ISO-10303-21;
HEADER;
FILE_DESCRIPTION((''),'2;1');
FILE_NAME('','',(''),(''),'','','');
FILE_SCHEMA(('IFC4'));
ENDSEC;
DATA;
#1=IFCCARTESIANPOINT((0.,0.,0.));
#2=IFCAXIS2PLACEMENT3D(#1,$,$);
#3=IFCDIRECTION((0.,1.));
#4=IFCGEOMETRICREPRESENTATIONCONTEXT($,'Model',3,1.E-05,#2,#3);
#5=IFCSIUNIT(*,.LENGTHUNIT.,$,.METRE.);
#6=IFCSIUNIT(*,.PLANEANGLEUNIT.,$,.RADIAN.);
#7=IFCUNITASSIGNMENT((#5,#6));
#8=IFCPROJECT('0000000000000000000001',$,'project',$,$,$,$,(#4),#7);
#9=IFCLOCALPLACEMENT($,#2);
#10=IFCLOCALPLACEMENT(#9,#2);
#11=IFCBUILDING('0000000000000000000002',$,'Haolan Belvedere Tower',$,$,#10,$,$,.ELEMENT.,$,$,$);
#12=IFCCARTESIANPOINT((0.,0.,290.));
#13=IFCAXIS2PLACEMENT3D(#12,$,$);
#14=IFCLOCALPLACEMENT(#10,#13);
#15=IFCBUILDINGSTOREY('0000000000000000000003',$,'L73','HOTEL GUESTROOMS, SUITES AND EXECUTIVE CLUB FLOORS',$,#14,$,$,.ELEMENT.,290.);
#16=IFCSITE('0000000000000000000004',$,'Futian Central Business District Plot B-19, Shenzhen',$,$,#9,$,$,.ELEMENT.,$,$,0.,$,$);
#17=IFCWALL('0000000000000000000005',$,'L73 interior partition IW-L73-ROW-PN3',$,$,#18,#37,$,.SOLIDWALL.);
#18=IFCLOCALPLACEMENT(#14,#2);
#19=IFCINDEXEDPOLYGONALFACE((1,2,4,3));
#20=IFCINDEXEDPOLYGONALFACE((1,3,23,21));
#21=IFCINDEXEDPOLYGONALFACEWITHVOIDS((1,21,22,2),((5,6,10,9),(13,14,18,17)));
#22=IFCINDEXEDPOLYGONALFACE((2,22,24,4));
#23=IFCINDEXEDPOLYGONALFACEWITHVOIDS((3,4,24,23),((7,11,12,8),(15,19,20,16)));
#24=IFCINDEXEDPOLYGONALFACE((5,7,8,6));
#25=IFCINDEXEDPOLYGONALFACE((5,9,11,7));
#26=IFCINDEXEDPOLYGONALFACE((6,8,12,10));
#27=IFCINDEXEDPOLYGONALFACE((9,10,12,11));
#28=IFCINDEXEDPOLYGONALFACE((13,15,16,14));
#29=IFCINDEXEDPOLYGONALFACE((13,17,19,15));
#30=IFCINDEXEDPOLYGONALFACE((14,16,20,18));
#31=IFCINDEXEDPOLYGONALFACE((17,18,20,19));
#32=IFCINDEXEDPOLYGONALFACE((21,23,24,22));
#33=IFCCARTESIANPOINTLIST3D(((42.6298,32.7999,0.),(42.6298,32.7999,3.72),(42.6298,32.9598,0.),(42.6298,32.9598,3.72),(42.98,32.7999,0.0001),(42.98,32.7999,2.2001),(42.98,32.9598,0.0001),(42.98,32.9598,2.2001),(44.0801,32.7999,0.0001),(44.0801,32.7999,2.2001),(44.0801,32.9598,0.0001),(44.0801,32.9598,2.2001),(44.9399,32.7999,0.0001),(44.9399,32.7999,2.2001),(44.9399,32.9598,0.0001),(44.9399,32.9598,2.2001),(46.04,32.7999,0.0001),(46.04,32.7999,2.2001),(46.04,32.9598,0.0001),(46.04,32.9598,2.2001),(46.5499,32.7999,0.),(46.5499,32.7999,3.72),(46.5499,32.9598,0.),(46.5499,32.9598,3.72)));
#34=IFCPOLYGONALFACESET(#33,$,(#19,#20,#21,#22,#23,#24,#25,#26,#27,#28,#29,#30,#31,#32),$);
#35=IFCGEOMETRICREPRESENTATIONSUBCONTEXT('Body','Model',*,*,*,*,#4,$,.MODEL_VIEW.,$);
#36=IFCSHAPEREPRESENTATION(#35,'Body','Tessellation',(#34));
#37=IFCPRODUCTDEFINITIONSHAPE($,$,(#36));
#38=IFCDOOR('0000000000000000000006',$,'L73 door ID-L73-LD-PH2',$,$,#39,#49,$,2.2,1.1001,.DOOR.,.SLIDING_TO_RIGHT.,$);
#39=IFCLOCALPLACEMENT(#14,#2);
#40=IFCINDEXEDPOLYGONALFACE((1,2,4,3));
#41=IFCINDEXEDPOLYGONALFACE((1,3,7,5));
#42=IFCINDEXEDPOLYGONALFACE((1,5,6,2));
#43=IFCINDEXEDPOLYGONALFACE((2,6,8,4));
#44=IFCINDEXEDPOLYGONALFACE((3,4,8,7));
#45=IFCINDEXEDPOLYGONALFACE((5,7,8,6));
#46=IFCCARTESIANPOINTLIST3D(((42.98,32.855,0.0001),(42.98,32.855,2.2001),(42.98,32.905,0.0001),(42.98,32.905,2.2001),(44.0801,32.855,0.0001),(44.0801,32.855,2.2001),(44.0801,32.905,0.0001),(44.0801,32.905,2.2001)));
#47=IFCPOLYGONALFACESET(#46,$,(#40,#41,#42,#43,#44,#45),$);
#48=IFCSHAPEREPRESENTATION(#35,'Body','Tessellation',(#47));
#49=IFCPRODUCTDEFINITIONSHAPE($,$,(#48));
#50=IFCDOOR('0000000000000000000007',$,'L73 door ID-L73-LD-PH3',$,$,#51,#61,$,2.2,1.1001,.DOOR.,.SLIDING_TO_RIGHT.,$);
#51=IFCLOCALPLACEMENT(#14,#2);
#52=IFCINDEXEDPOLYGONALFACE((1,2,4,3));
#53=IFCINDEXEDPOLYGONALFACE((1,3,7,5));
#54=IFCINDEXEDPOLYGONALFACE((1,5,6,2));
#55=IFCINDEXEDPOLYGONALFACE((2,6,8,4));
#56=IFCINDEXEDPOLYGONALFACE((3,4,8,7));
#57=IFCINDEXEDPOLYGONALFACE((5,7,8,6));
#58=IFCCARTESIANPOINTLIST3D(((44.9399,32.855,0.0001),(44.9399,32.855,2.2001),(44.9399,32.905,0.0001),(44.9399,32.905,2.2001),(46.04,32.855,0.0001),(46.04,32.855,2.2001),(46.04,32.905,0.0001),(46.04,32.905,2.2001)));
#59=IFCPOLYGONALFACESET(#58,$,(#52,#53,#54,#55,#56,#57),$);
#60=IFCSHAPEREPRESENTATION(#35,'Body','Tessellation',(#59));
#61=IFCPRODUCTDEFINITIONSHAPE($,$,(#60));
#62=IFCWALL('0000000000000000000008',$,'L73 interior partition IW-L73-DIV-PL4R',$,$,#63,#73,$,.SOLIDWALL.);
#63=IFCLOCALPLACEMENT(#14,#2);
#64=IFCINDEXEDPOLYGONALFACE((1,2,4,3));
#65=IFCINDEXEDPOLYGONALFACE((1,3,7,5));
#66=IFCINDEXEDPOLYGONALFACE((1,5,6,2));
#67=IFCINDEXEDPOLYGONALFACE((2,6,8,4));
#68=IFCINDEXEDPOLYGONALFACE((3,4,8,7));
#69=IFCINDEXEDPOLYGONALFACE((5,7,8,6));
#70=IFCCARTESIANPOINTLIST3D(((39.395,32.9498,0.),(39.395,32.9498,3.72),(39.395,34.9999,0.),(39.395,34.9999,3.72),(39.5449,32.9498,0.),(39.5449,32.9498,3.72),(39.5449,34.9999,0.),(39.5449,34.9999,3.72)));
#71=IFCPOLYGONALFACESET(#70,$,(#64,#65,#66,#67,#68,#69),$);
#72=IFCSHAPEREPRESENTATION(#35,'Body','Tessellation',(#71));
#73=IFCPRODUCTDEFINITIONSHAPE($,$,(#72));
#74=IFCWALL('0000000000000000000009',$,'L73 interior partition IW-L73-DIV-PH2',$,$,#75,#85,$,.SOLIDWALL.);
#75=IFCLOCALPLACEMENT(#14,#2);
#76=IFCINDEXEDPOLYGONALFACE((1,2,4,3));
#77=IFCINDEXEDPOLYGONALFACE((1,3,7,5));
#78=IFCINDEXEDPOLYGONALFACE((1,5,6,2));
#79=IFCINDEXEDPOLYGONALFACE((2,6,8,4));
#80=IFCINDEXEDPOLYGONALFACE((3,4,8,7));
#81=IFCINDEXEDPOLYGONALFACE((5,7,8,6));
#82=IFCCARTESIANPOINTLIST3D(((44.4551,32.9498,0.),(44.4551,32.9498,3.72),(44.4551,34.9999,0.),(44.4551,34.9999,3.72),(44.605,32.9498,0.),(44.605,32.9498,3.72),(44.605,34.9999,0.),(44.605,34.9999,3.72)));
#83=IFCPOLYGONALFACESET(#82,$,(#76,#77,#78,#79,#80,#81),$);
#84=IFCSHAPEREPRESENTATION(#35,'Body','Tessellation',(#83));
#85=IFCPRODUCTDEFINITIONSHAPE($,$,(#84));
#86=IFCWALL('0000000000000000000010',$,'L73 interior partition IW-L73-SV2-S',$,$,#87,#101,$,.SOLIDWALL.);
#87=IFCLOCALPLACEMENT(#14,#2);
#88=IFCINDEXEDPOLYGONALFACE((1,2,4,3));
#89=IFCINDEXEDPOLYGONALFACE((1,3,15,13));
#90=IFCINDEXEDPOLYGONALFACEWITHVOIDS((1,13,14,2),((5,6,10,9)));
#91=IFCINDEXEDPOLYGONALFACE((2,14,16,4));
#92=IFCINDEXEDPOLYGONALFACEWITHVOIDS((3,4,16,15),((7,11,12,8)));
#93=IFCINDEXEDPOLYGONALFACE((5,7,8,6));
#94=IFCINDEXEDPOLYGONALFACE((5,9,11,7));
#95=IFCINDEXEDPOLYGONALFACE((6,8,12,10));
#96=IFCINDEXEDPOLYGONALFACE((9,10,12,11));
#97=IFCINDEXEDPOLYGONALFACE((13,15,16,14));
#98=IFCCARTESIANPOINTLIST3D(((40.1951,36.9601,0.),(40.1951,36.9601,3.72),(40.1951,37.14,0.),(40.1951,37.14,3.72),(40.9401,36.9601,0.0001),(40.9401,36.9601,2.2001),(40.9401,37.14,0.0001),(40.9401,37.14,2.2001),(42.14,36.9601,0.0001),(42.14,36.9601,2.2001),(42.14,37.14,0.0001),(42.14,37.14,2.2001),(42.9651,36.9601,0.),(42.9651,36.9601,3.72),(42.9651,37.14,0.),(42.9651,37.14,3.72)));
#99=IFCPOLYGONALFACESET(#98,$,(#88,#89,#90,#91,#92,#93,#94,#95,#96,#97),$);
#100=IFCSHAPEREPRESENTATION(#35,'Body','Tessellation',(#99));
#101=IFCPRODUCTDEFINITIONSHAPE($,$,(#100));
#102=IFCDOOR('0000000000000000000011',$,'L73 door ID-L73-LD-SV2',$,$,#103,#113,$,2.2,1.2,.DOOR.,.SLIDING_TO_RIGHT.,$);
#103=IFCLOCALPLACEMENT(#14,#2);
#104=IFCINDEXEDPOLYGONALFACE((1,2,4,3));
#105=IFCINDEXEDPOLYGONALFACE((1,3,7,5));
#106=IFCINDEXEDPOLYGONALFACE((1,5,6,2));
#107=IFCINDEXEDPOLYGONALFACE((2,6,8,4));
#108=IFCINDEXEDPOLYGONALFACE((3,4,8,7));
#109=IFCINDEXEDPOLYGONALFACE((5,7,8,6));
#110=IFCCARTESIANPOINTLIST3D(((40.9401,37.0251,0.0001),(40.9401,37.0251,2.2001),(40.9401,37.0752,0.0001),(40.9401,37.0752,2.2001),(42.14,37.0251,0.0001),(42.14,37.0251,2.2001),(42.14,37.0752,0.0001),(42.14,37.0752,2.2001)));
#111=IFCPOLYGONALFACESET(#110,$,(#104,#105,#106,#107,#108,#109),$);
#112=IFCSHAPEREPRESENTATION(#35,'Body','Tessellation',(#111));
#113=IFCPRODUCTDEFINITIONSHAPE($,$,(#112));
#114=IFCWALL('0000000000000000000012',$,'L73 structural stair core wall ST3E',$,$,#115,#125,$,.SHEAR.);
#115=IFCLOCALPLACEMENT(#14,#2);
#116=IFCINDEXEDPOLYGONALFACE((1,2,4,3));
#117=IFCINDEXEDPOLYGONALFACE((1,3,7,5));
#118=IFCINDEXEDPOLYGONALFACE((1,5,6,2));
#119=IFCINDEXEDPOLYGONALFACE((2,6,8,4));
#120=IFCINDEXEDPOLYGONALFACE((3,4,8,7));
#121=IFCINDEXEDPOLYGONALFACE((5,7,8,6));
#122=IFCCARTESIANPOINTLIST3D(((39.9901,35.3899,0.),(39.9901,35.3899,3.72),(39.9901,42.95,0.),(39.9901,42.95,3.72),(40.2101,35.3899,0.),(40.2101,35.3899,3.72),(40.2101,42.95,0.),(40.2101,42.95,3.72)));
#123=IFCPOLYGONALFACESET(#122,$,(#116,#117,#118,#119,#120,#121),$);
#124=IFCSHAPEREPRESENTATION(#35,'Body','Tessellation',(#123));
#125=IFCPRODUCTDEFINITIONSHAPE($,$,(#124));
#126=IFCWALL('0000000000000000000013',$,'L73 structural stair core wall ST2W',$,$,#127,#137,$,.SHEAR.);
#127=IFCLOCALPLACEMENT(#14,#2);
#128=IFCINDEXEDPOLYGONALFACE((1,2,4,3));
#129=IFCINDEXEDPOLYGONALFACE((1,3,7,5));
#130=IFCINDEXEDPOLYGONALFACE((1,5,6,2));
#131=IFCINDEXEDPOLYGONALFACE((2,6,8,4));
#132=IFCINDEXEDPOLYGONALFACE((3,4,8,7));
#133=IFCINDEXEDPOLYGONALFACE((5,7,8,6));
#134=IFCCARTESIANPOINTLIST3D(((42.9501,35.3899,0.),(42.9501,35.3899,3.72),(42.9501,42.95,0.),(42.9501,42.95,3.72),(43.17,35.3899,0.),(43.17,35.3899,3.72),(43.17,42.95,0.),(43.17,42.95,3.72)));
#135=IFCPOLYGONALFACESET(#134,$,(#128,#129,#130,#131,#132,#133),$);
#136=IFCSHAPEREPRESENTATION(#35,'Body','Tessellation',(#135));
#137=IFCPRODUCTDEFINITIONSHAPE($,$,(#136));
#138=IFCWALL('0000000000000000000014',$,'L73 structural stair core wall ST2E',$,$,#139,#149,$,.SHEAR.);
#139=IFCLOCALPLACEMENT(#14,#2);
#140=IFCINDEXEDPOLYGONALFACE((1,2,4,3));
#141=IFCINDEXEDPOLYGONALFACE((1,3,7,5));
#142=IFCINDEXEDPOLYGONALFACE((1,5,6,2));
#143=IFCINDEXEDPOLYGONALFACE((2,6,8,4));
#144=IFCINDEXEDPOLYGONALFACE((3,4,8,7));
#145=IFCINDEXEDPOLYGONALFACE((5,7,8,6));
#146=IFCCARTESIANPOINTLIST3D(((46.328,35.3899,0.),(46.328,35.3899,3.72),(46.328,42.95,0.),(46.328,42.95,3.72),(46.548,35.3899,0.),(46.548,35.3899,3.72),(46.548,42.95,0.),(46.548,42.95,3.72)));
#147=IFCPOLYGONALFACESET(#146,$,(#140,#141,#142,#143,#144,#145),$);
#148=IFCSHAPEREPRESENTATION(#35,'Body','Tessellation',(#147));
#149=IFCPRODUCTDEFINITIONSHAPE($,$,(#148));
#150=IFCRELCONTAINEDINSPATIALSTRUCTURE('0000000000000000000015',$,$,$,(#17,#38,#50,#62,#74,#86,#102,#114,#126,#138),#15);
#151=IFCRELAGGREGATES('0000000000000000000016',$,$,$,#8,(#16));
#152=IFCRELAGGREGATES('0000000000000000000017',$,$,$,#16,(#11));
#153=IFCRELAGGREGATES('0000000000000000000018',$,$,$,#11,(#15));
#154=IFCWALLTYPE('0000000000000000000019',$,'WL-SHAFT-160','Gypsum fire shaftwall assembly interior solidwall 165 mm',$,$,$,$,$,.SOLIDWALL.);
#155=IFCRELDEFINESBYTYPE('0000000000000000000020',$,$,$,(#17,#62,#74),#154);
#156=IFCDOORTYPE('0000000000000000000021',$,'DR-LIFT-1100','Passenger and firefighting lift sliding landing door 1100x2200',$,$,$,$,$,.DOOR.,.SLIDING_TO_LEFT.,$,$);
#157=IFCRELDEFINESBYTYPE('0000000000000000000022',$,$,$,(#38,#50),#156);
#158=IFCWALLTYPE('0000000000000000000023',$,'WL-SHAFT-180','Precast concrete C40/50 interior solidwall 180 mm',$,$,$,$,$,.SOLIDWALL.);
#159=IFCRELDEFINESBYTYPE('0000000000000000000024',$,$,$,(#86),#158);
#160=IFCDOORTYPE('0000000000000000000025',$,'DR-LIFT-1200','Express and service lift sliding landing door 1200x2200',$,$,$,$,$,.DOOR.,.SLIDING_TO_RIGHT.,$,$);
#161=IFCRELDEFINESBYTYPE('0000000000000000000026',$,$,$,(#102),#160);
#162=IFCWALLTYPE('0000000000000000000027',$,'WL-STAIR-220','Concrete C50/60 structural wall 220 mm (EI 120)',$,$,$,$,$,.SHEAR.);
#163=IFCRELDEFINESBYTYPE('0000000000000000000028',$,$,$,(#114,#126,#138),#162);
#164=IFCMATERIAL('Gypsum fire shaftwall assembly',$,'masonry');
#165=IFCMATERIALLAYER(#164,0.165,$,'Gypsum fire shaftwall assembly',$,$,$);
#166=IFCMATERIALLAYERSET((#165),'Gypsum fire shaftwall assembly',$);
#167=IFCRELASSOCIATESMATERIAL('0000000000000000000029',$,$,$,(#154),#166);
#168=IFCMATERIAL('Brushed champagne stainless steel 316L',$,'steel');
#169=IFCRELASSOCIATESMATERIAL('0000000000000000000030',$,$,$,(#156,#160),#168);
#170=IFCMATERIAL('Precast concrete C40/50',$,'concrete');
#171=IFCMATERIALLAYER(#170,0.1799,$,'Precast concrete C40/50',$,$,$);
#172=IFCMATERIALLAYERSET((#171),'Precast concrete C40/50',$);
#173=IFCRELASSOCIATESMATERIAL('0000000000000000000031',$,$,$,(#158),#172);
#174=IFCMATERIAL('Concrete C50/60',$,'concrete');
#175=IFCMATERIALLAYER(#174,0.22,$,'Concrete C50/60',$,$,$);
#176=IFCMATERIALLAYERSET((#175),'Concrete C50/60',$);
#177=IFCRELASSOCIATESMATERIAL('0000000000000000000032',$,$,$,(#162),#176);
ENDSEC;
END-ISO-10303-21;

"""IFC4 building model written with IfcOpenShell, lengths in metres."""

from ifc_helpers import new_model, si_unit, direction, frame, frame_2d, origin, place, context, subcontext, project, spatial, rectangle, extrude, material, layer, layer_set, type_object, element, fill, save


model = new_model("IFC4")

# Units and contexts
model_context = context("Model", 3, precision=1e-05, world=origin(), true_north=direction((0.0, 1.0)))
body_context = subcontext(model_context, "Body", "Model", "MODEL_VIEW")
ifc_project = project(units=[si_unit("LENGTHUNIT", "METRE"), si_unit("PLANEANGLEUNIT", "RADIAN")], contexts=[model_context])

# Site, building, storey
site_placement = place(None, origin())
site = spatial("IfcSite", under=ifc_project, at=site_placement, Name="Futian Central Business District Plot B-19, Shenzhen", CompositionType="ELEMENT", RefElevation=0.0)
building_placement = place(site_placement, origin())
building = spatial("IfcBuilding", under=site, at=building_placement, Name="Haolan Belvedere Tower", CompositionType="ELEMENT")
storey_placement = place(building_placement, frame((0.0, 0.0, 290.0)))
storey = spatial("IfcBuildingStorey", under=building, at=storey_placement, Name="L73", Description="HOTEL GUESTROOMS, SUITES AND EXECUTIVE CLUB FLOORS", CompositionType="ELEMENT", Elevation=290.0)

# Shared definitions
ifc_material_1 = material(Name="Precast concrete C40/50", Category="concrete")

# Shared definitions
ifc_material_2 = material(Name="Gypsum fire shaftwall assembly", Category="masonry")
ifc_layer_1 = layer(ifc_material_2, 0.165, Name="Gypsum fire shaftwall assembly")
ifc_layer_set_1 = layer_set([ifc_layer_1], Name="Gypsum fire shaftwall assembly")
wall_type_1 = type_object("IfcWallType", Name="WL-SHAFT-160", Description="Gypsum fire shaftwall assembly interior solidwall 165 mm", PredefinedType="SOLIDWALL", material=ifc_layer_set_1)

# Wall, openings, doors
wall_1_placement = place(storey_placement, frame((42.6299, 32.8799, 0.0), z_axis=(0.0, 0.0, 1.0), x_axis=(1.0, 0.0, 0.0)))
wall_1 = element("IfcWall", 1, at=wall_1_placement, inside=storey, type_object=wall_type_1, Name="L73 interior partition IW-L73-ROW-PN3", PredefinedType="SOLIDWALL", context=body_context, shape_type="SweptSolid", body=[
    extrude(rectangle(XDim=3.9202, YDim=0.1599, at=frame_2d((1.96, 0.0))), origin(), (0.0, 0.0, 1.0), 3.72),
])
opening_1_placement = place(wall_1_placement, frame((1.4502, 0.0, 0.0), z_axis=(0.0, 0.0, 1.0), x_axis=(-1.0, 0.0, 0.0)))
opening_1 = element("IfcOpeningElement", 2, at=opening_1_placement, cuts=wall_1, PredefinedType="OPENING", context=body_context, shape_type="SweptSolid", body=[
    extrude(rectangle(XDim=1.1001, YDim=2.2, at=frame_2d((0.55, 1.1001))), frame((0.0, 0.0898, 0.0), z_axis=(0.0, -1.0, 0.0), x_axis=(1.0, 0.0, 0.0)), (0.0, 0.0, 1.0), 0.1799),
])
opening_2_placement = place(wall_1_placement, frame((3.4102, 0.0, 0.0), z_axis=(0.0, 0.0, 1.0), x_axis=(-1.0, 0.0, 0.0)))
opening_2 = element("IfcOpeningElement", 3, at=opening_2_placement, cuts=wall_1, PredefinedType="OPENING", context=body_context, shape_type="SweptSolid", body=[
    extrude(rectangle(XDim=1.1001, YDim=2.2, at=frame_2d((0.55, 1.1001))), frame((0.0, 0.0898, 0.0), z_axis=(0.0, -1.0, 0.0), x_axis=(1.0, 0.0, 0.0)), (0.0, 0.0, 1.0), 0.1799),
])
ifc_material_3 = material(Name="Brushed champagne stainless steel 316L", Category="steel")
door_type_1 = type_object("IfcDoorType", Name="DR-LIFT-1100", Description="Passenger and firefighting lift sliding landing door 1100x2200", OperationType="SLIDING_TO_LEFT", PredefinedType="DOOR", material=ifc_material_3)
door_1_placement = place(opening_1_placement, origin())
door_1 = element("IfcDoor", 4, at=door_1_placement, inside=storey, type_object=door_type_1, Name="L73 door ID-L73-LD-PH2", OperationType="SLIDING_TO_RIGHT", OverallHeight=2.2, OverallWidth=1.1001, PredefinedType="DOOR", context=body_context, shape_type="SweptSolid", body=[
    extrude(rectangle(XDim=1.1001, YDim=2.2, at=frame_2d((0.55, 1.1001))), frame((0.0, 0.0249, 0.0), z_axis=(0.0, -1.0, 0.0), x_axis=(1.0, 0.0, 0.0)), (0.0, 0.0, 1.0), 0.05),
])
fill(opening_1, door_1)
door_2_placement = place(opening_2_placement, origin())
door_2 = element("IfcDoor", 5, at=door_2_placement, inside=storey, type_object=door_type_1, Name="L73 door ID-L73-LD-PH3", OperationType="SLIDING_TO_RIGHT", OverallHeight=2.2, OverallWidth=1.1001, PredefinedType="DOOR", context=body_context, shape_type="SweptSolid", body=[
    extrude(rectangle(XDim=1.1001, YDim=2.2, at=frame_2d((0.55, 1.1001))), frame((0.0, 0.0249, 0.0), z_axis=(0.0, -1.0, 0.0), x_axis=(1.0, 0.0, 0.0)), (0.0, 0.0, 1.0), 0.05),
])
fill(opening_2, door_2)

# Walls
for number, where, z_axis, x_axis, name in (
    (6, (39.47, 32.95, 0.0), (0.0, 0.0, 1.0), (0.0, 1.0, 0.0), "L73 interior partition IW-L73-DIV-PL4R"),
    (7, (44.53, 32.95, 0.0), (0.0, 0.0, 1.0), (0.0, 1.0, 0.0), "L73 interior partition IW-L73-DIV-PH2"),
):
    element("IfcWall", number, at=place(storey_placement, frame(where, z_axis=z_axis, x_axis=x_axis)), inside=storey, type_object=wall_type_1, Name=name, PredefinedType="SOLIDWALL", context=body_context, shape_type="SweptSolid", body=[
        extrude(rectangle(XDim=2.05, YDim=0.1499, at=frame_2d((1.0249, 0.0))), origin(), (0.0, 0.0, 1.0), 3.72),
    ])

# Wall, opening, door
ifc_layer_2 = layer(ifc_material_1, 0.1799, Name="Precast concrete C40/50")
ifc_layer_set_2 = layer_set([ifc_layer_2], Name="Precast concrete C40/50")
wall_type_2 = type_object("IfcWallType", Name="WL-SHAFT-180", Description="Precast concrete C40/50 interior solidwall 180 mm", PredefinedType="SOLIDWALL", material=ifc_layer_set_2)
wall_2_placement = place(storey_placement, frame((40.1951, 37.05, 0.0), z_axis=(0.0, 0.0, 1.0), x_axis=(1.0, 0.0, 0.0)))
wall_2 = element("IfcWall", 8, at=wall_2_placement, inside=storey, type_object=wall_type_2, Name="L73 interior partition IW-L73-SV2-S", PredefinedType="SOLIDWALL", context=body_context, shape_type="SweptSolid", body=[
    extrude(rectangle(XDim=2.77, YDim=0.1799, at=frame_2d((1.385, 0.0))), origin(), (0.0, 0.0, 1.0), 3.72),
])
opening_3_placement = place(wall_2_placement, frame((1.9451, 0.0, 0.0), z_axis=(0.0, 0.0, 1.0), x_axis=(-1.0, 0.0, 0.0)))
opening_3 = element("IfcOpeningElement", 9, at=opening_3_placement, cuts=wall_2, PredefinedType="OPENING", context=body_context, shape_type="SweptSolid", body=[
    extrude(rectangle(XDim=1.2, YDim=2.2, at=frame_2d((0.6001, 1.1001))), frame((0.0, 0.0999, 0.0), z_axis=(0.0, -1.0, 0.0), x_axis=(1.0, 0.0, 0.0)), (0.0, 0.0, 1.0), 0.2),
])
door_type_2 = type_object("IfcDoorType", Name="DR-LIFT-1200", Description="Express and service lift sliding landing door 1200x2200", OperationType="SLIDING_TO_RIGHT", PredefinedType="DOOR", material=ifc_material_3)
door_3_placement = place(opening_3_placement, origin())
door_3 = element("IfcDoor", 10, at=door_3_placement, inside=storey, type_object=door_type_2, Name="L73 door ID-L73-LD-SV2", OperationType="SLIDING_TO_RIGHT", OverallHeight=2.2, OverallWidth=1.2, PredefinedType="DOOR", context=body_context, shape_type="SweptSolid", body=[
    extrude(rectangle(XDim=1.2, YDim=2.2, at=frame_2d((0.6001, 1.1001))), frame((0.0, 0.0249, 0.0), z_axis=(0.0, -1.0, 0.0), x_axis=(1.0, 0.0, 0.0)), (0.0, 0.0, 1.0), 0.05),
])
fill(opening_3, door_3)

# Walls
ifc_material_4 = material(Name="Concrete C50/60", Category="concrete")
ifc_layer_3 = layer(ifc_material_4, 0.22, Name="Concrete C50/60")
ifc_layer_set_3 = layer_set([ifc_layer_3], Name="Concrete C50/60")
wall_type_3 = type_object("IfcWallType", Name="WL-STAIR-220", Description="Concrete C50/60 structural wall 220 mm (EI 120)", PredefinedType="SHEAR", material=ifc_layer_set_3)
for number, where, z_axis, x_axis, name in (
    (11, (40.1001, 35.3899, 0.0), (0.0, 0.0, 1.0), (0.0, 1.0, 0.0), "L73 structural stair core wall ST3E"),
    (12, (43.0601, 35.3899, 0.0), (0.0, 0.0, 1.0), (0.0, 1.0, 0.0), "L73 structural stair core wall ST2W"),
    (13, (46.438, 35.3899, 0.0), (0.0, 0.0, 1.0), (0.0, 1.0, 0.0), "L73 structural stair core wall ST2E"),
):
    element("IfcWall", number, at=place(storey_placement, frame(where, z_axis=z_axis, x_axis=x_axis)), inside=storey, type_object=wall_type_3, Name=name, PredefinedType="SHEAR", context=body_context, shape_type="SweptSolid", body=[
        extrude(rectangle(XDim=7.5601, YDim=0.22, at=frame_2d((3.78, 0.0))), origin(), (0.0, 0.0, 1.0), 3.72),
    ])

save(model, "model.ifc")
